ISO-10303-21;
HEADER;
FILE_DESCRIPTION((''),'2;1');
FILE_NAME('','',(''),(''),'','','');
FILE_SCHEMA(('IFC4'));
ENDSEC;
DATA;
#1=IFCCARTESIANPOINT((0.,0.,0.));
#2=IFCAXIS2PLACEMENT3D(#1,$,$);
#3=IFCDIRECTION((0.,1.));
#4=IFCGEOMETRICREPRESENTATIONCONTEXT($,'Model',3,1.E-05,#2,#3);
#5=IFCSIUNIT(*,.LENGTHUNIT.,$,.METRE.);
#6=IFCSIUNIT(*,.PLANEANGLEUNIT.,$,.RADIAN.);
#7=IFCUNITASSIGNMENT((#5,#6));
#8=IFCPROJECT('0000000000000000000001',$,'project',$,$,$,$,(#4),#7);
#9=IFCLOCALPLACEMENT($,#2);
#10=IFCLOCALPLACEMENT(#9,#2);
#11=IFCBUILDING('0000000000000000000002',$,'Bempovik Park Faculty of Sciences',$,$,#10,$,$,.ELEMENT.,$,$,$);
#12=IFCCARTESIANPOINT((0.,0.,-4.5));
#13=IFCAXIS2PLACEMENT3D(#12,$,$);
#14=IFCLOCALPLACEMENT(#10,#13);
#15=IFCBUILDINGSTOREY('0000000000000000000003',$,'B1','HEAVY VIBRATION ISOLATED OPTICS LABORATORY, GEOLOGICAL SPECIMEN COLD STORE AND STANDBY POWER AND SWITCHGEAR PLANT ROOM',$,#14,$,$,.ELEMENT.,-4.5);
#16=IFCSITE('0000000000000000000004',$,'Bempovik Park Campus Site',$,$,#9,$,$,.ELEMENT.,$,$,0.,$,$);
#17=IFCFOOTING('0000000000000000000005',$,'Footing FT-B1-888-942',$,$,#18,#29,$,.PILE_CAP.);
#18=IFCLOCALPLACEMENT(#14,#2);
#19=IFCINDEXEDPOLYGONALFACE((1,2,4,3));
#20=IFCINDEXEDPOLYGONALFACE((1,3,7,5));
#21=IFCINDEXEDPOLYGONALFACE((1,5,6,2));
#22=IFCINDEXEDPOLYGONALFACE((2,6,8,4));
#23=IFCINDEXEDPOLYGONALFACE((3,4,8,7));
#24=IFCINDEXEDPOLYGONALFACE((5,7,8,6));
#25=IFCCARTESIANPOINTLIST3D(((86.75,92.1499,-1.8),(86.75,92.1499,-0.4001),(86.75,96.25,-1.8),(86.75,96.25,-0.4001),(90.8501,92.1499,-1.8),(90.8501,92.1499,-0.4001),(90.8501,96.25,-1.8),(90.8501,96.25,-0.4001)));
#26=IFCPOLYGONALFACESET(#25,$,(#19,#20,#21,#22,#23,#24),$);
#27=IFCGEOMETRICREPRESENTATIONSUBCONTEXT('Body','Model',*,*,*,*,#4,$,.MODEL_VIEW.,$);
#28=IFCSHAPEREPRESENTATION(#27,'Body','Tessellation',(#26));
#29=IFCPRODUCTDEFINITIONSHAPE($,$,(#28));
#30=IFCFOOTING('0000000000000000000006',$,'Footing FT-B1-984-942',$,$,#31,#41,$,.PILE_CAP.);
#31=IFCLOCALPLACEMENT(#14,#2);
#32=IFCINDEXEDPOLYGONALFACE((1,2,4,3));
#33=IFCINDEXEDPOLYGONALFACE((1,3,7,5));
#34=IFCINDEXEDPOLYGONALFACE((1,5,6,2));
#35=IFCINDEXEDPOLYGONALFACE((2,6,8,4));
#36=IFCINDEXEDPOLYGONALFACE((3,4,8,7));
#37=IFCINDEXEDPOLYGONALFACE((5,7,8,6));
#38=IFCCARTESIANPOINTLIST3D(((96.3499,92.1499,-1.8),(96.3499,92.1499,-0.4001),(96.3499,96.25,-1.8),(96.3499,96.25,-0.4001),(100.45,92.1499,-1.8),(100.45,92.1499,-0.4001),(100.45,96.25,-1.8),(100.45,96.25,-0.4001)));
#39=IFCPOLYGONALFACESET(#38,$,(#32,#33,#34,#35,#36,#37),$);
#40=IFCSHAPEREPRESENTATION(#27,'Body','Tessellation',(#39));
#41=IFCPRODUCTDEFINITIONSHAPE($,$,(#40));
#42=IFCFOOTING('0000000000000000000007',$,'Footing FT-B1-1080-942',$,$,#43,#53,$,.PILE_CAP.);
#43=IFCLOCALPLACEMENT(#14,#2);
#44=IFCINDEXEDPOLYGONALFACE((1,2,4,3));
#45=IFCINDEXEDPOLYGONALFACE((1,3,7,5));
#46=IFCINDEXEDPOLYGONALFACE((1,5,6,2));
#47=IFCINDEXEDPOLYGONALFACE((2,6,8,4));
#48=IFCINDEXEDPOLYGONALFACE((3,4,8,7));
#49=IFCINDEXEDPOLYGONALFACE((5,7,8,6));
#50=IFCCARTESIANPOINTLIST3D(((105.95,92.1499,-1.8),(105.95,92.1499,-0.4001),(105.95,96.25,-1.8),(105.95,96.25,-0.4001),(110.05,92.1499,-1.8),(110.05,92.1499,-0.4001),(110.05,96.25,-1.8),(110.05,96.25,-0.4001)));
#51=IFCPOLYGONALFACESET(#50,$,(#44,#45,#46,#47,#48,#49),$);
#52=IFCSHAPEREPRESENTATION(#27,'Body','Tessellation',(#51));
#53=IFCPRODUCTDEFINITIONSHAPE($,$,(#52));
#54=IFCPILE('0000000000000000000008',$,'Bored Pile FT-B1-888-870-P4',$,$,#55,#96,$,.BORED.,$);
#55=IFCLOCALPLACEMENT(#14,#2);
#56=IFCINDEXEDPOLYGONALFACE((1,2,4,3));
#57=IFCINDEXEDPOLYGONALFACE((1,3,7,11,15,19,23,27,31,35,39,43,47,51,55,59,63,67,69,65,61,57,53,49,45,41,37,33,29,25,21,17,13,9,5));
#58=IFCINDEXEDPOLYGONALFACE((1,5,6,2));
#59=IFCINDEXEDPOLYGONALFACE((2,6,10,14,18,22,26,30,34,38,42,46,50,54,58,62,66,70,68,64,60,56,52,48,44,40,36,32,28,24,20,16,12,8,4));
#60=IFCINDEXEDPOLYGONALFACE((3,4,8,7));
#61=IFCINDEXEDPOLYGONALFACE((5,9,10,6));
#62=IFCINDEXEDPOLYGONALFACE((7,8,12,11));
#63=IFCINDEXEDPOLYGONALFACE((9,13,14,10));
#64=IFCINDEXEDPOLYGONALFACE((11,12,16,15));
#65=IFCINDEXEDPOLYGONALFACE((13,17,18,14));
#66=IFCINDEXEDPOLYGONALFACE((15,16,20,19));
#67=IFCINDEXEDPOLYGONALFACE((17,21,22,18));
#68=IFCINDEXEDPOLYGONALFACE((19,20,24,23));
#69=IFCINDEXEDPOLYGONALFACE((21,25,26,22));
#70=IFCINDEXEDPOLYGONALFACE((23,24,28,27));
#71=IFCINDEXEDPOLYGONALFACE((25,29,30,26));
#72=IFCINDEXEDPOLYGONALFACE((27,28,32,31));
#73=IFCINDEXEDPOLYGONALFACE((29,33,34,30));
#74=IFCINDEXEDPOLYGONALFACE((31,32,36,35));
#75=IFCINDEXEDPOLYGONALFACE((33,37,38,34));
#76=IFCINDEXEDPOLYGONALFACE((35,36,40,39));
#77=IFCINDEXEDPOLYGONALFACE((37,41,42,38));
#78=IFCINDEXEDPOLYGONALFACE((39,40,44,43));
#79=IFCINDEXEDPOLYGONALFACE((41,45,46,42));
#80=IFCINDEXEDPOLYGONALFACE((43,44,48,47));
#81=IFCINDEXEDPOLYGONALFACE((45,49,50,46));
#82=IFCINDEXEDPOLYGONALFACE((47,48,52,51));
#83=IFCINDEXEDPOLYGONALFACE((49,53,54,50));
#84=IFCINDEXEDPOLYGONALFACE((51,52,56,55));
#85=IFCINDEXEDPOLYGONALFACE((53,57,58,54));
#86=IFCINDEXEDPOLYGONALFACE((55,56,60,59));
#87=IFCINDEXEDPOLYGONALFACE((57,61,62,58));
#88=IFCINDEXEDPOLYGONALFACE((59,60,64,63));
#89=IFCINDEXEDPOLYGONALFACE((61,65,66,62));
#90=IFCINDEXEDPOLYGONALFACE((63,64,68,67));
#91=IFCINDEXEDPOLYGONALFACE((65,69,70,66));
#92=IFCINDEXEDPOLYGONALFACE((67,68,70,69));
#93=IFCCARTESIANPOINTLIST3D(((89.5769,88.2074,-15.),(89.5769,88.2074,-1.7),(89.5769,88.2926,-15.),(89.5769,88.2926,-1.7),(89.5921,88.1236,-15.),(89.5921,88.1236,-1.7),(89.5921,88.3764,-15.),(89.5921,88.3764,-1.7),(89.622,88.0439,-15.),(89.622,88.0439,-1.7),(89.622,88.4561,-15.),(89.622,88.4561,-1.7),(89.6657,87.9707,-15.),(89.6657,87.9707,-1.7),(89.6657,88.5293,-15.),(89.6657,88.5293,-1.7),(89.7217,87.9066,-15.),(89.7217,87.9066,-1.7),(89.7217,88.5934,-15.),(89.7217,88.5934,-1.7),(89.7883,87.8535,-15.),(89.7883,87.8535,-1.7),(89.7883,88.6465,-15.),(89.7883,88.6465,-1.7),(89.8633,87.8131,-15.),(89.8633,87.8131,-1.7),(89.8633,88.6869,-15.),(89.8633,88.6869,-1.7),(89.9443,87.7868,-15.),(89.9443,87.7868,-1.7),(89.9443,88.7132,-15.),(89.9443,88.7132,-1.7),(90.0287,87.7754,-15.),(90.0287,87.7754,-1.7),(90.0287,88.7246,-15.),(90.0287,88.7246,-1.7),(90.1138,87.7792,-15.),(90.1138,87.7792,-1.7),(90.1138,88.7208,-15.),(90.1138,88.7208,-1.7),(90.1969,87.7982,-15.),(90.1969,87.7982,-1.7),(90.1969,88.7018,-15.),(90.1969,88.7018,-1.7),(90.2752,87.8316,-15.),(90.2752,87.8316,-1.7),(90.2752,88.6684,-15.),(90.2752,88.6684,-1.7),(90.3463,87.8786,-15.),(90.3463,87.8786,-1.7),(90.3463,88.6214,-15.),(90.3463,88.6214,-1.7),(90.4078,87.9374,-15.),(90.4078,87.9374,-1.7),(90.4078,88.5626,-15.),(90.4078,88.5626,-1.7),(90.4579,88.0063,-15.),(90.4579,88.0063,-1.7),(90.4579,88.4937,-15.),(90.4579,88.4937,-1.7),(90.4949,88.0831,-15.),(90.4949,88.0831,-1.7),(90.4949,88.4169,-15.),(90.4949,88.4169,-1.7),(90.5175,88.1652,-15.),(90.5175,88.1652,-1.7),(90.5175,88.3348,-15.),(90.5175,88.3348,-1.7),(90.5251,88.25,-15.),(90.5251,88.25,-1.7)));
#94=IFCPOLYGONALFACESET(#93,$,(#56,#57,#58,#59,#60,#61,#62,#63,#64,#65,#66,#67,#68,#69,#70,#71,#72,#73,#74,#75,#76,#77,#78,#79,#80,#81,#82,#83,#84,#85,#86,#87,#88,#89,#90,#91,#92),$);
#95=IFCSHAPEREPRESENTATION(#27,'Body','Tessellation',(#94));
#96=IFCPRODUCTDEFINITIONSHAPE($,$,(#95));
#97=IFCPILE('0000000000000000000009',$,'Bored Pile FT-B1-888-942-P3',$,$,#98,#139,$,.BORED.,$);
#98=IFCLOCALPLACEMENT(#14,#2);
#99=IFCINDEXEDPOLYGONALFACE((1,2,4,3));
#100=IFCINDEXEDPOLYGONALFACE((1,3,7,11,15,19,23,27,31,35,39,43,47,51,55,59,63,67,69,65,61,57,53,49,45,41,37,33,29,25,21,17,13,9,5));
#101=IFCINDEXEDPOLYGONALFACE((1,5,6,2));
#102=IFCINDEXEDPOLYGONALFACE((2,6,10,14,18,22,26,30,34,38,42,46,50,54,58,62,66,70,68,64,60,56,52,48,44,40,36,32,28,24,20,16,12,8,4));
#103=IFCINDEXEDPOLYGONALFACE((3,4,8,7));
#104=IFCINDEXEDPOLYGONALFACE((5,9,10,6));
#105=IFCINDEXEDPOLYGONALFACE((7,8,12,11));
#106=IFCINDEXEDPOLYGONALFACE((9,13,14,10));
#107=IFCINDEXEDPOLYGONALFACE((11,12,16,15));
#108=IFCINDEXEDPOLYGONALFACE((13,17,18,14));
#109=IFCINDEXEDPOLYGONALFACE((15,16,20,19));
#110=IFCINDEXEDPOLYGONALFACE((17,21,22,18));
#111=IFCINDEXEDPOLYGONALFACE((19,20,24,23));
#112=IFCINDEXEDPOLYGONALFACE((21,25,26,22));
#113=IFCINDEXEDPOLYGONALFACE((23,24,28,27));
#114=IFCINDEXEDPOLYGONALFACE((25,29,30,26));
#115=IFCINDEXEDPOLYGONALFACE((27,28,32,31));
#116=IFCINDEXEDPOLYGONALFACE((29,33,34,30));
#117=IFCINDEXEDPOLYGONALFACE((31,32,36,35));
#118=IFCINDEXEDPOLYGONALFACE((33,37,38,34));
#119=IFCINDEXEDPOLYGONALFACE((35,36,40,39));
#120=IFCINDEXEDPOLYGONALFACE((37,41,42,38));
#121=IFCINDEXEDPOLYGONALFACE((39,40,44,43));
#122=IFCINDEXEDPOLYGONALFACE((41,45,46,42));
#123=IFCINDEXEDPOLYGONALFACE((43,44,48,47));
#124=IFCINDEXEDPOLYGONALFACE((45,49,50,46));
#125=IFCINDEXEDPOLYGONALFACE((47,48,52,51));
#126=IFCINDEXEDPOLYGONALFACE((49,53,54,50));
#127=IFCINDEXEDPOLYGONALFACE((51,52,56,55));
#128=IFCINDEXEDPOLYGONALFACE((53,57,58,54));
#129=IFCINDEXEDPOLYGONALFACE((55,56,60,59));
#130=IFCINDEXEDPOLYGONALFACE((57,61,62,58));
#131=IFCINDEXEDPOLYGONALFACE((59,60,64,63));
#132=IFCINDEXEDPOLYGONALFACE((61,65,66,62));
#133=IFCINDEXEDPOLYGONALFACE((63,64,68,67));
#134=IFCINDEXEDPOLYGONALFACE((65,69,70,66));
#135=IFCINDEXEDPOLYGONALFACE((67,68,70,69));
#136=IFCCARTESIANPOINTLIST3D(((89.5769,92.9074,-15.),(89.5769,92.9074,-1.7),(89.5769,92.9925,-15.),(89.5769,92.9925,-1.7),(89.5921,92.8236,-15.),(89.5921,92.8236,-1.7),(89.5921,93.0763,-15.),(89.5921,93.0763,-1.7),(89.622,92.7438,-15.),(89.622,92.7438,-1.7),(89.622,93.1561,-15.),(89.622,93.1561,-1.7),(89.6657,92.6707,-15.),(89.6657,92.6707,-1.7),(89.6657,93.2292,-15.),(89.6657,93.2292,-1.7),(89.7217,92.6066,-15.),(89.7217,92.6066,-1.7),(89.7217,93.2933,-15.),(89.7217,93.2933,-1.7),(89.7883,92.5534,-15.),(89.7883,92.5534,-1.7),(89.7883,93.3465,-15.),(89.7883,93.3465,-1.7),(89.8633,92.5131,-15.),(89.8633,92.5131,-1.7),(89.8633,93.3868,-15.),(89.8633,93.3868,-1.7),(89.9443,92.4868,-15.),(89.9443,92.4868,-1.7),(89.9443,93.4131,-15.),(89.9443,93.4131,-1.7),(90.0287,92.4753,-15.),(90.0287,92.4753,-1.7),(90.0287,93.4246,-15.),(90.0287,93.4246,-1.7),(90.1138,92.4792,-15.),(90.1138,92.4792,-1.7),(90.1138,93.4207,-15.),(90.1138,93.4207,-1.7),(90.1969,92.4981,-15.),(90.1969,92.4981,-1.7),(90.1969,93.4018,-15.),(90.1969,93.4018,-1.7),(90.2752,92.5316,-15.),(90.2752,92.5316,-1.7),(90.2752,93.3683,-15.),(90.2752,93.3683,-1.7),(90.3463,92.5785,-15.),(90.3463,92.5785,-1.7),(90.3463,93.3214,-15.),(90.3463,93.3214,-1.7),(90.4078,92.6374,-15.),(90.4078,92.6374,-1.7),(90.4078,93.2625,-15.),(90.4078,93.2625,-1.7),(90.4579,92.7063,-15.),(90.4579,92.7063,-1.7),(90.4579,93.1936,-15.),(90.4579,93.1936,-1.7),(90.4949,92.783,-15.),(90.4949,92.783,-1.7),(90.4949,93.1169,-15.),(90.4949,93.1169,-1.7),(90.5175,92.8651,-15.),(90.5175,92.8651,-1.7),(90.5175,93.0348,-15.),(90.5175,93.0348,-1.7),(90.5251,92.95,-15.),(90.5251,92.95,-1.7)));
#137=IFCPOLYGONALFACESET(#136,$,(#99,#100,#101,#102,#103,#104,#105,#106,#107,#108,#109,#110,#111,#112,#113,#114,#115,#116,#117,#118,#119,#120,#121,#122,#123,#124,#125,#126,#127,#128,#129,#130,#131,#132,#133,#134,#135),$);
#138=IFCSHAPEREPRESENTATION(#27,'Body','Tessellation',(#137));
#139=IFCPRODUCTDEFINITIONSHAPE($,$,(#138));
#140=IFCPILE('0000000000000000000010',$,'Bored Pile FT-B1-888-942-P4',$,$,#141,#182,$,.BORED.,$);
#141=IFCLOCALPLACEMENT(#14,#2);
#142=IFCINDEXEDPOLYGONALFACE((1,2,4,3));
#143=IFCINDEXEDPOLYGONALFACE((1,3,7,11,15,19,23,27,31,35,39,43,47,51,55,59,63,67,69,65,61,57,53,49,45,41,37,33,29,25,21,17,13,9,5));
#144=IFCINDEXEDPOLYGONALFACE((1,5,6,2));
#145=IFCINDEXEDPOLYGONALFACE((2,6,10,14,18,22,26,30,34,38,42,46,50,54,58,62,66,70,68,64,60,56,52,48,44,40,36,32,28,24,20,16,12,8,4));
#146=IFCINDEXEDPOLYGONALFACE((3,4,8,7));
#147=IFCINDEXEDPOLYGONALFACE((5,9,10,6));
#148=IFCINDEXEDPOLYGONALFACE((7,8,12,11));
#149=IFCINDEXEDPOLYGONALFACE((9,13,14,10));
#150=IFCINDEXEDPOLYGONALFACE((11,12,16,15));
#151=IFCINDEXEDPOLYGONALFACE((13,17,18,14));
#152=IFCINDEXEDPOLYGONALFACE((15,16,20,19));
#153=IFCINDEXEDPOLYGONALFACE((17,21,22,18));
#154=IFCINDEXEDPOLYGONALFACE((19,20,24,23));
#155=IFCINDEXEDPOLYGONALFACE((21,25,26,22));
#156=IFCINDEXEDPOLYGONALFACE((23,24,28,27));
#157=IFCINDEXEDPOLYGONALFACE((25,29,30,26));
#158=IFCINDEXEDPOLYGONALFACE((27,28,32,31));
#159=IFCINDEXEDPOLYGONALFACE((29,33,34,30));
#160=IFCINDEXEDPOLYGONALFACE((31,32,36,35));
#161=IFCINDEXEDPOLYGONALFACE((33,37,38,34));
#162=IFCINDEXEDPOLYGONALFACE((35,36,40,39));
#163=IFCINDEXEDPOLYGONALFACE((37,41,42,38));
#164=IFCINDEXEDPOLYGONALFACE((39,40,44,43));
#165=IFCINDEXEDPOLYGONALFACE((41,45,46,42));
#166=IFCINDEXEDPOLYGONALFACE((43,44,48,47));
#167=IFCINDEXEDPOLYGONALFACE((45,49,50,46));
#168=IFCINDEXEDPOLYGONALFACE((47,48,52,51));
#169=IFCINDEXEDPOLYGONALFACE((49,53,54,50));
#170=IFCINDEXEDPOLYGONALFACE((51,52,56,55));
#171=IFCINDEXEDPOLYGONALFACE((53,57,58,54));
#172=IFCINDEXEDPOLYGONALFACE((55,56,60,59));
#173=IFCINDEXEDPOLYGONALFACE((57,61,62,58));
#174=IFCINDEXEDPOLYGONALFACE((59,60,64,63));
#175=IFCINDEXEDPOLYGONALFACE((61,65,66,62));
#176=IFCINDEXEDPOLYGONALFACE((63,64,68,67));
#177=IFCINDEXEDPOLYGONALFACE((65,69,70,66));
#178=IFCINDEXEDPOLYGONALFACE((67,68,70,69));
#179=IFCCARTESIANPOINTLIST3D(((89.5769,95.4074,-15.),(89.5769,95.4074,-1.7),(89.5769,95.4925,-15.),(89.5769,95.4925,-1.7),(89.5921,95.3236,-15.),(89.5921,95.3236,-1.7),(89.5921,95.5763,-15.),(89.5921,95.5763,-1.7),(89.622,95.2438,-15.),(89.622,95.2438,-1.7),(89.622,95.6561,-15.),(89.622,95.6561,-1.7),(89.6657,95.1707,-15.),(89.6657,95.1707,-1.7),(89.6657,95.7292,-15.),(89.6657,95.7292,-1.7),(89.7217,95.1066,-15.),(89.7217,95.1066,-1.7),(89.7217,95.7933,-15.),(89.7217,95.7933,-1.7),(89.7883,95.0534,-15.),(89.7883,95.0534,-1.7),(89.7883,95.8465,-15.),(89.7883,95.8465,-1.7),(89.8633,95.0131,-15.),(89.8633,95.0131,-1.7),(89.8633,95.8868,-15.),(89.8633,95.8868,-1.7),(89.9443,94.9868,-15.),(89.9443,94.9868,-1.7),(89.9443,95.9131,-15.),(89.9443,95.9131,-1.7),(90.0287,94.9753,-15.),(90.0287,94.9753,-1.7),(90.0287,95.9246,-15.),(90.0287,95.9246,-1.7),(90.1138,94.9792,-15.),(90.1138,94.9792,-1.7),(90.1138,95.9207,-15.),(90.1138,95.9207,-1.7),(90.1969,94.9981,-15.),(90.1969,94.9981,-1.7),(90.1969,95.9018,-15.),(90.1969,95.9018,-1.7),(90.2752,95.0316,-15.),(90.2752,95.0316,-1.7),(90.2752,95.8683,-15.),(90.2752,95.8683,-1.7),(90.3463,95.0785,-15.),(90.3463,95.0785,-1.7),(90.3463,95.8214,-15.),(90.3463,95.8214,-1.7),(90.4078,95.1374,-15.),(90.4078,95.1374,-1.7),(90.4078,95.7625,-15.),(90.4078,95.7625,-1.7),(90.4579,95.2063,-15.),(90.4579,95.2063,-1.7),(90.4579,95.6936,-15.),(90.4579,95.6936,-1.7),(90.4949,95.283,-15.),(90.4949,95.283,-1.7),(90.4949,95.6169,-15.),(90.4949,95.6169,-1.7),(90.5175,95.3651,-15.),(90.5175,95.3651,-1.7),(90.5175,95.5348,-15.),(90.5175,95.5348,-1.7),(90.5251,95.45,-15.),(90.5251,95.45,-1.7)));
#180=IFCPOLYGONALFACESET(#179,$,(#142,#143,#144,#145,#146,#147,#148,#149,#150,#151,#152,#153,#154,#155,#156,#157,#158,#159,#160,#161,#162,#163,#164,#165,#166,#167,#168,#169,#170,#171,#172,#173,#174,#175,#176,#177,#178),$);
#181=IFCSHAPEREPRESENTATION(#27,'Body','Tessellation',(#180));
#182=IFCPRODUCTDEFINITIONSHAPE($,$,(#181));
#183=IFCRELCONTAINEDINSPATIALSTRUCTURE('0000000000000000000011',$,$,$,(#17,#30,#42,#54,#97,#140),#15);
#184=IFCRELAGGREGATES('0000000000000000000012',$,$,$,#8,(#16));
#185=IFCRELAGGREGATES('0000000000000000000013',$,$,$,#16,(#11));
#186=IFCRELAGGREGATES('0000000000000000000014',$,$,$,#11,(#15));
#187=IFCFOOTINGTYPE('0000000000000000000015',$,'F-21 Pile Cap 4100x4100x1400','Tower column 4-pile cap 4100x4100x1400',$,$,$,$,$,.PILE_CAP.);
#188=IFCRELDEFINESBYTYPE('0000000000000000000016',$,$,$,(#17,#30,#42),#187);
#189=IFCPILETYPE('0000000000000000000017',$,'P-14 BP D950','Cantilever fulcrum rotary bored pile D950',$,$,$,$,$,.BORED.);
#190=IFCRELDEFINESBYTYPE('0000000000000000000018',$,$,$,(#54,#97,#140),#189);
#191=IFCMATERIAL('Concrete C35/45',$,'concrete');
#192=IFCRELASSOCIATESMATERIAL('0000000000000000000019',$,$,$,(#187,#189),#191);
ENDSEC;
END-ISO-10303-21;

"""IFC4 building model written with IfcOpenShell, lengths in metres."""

from ifc_helpers import new_model, si_unit, direction, frame, origin, origin_2d, place, context, subcontext, project, spatial, rectangle, circle, extrude, material, material_profile, profile_set, type_object, element, save


model = new_model("IFC4")

# Units and contexts
model_context = context("Model", 3, precision=1e-05, world=origin(), true_north=direction((0.0, 1.0)))
body_context = subcontext(model_context, "Body", "Model", "MODEL_VIEW")
ifc_project = project(units=[si_unit("LENGTHUNIT", "METRE"), si_unit("PLANEANGLEUNIT", "RADIAN")], contexts=[model_context])

# Site, building, storey
site_placement = place(None, origin())
site = spatial("IfcSite", under=ifc_project, at=site_placement, Name="Bempovik Park Campus Site", CompositionType="ELEMENT", RefElevation=0.0)
building_placement = place(site_placement, origin())
building = spatial("IfcBuilding", under=site, at=building_placement, Name="Bempovik Park Faculty of Sciences", CompositionType="ELEMENT")
storey_placement = place(building_placement, frame((0.0, 0.0, -4.5)))
storey = spatial("IfcBuildingStorey", under=building, at=storey_placement, Name="B1", Description="HEAVY VIBRATION ISOLATED OPTICS LABORATORY, GEOLOGICAL SPECIMEN COLD STORE AND STANDBY POWER AND SWITCHGEAR PLANT ROOM", CompositionType="ELEMENT", Elevation=-4.5)

# Footings
ifc_material_1 = material(Name="Concrete C35/45", Category="concrete")
footing_type = type_object("IfcFootingType", Name="F-21 Pile Cap 4100x4100x1400", Description="Tower column 4-pile cap 4100x4100x1400", PredefinedType="PILE_CAP", material=ifc_material_1)
for number, where, z_axis, x_axis, name in (
    (1, (88.8, 94.2, -1.8), (0.0, 0.0, 1.0), (1.0, 0.0, 0.0), "Footing FT-B1-888-942"),
    (2, (98.3999, 94.2, -1.8), (0.0, 0.0, 1.0), (1.0, 0.0, 0.0), "Footing FT-B1-984-942"),
    (3, (108.0, 94.2, -1.8), (0.0, 0.0, 1.0), (1.0, 0.0, 0.0), "Footing FT-B1-1080-942"),
):
    element("IfcFooting", number, at=place(storey_placement, frame(where, z_axis=z_axis, x_axis=x_axis)), inside=storey, type_object=footing_type, Name=name, PredefinedType="PILE_CAP", context=body_context, shape_type="SweptSolid", body=[
        extrude(rectangle(XDim=4.1001, YDim=4.1001, at=origin_2d()), origin(), (0.0, 0.0, 1.0), 1.3999),
    ])

# Piles
ifc_material_profile_1 = material_profile(ifc_material_1, circle(Radius=0.4751, at=origin_2d()), Name="BP D950")
ifc_profile_set_1 = profile_set([ifc_material_profile_1], Name="Concrete C35/45")
pile_type = type_object("IfcPileType", Name="P-14 BP D950", Description="Cantilever fulcrum rotary bored pile D950", PredefinedType="BORED", material=ifc_profile_set_1)
for number, where, z_axis, x_axis, name in (
    (4, (90.05, 88.25, -1.7), (0.0, 0.0, -1.0), (1.0, 0.0, 0.0), "Bored Pile FT-B1-888-870-P4"),
    (5, (90.05, 92.95, -1.7), (0.0, 0.0, -1.0), (1.0, 0.0, 0.0), "Bored Pile FT-B1-888-942-P3"),
    (6, (90.05, 95.45, -1.7), (0.0, 0.0, -1.0), (1.0, 0.0, 0.0), "Bored Pile FT-B1-888-942-P4"),
):
    element("IfcPile", number, at=place(storey_placement, frame(where, z_axis=z_axis, x_axis=x_axis)), inside=storey, type_object=pile_type, Name=name, PredefinedType="BORED", context=body_context, shape_type="SweptSolid", body=[
        extrude(circle(Radius=0.4751, at=origin_2d()), origin(), (0.0, 0.0, 1.0), 13.3),
    ])

save(model, "model.ifc")
